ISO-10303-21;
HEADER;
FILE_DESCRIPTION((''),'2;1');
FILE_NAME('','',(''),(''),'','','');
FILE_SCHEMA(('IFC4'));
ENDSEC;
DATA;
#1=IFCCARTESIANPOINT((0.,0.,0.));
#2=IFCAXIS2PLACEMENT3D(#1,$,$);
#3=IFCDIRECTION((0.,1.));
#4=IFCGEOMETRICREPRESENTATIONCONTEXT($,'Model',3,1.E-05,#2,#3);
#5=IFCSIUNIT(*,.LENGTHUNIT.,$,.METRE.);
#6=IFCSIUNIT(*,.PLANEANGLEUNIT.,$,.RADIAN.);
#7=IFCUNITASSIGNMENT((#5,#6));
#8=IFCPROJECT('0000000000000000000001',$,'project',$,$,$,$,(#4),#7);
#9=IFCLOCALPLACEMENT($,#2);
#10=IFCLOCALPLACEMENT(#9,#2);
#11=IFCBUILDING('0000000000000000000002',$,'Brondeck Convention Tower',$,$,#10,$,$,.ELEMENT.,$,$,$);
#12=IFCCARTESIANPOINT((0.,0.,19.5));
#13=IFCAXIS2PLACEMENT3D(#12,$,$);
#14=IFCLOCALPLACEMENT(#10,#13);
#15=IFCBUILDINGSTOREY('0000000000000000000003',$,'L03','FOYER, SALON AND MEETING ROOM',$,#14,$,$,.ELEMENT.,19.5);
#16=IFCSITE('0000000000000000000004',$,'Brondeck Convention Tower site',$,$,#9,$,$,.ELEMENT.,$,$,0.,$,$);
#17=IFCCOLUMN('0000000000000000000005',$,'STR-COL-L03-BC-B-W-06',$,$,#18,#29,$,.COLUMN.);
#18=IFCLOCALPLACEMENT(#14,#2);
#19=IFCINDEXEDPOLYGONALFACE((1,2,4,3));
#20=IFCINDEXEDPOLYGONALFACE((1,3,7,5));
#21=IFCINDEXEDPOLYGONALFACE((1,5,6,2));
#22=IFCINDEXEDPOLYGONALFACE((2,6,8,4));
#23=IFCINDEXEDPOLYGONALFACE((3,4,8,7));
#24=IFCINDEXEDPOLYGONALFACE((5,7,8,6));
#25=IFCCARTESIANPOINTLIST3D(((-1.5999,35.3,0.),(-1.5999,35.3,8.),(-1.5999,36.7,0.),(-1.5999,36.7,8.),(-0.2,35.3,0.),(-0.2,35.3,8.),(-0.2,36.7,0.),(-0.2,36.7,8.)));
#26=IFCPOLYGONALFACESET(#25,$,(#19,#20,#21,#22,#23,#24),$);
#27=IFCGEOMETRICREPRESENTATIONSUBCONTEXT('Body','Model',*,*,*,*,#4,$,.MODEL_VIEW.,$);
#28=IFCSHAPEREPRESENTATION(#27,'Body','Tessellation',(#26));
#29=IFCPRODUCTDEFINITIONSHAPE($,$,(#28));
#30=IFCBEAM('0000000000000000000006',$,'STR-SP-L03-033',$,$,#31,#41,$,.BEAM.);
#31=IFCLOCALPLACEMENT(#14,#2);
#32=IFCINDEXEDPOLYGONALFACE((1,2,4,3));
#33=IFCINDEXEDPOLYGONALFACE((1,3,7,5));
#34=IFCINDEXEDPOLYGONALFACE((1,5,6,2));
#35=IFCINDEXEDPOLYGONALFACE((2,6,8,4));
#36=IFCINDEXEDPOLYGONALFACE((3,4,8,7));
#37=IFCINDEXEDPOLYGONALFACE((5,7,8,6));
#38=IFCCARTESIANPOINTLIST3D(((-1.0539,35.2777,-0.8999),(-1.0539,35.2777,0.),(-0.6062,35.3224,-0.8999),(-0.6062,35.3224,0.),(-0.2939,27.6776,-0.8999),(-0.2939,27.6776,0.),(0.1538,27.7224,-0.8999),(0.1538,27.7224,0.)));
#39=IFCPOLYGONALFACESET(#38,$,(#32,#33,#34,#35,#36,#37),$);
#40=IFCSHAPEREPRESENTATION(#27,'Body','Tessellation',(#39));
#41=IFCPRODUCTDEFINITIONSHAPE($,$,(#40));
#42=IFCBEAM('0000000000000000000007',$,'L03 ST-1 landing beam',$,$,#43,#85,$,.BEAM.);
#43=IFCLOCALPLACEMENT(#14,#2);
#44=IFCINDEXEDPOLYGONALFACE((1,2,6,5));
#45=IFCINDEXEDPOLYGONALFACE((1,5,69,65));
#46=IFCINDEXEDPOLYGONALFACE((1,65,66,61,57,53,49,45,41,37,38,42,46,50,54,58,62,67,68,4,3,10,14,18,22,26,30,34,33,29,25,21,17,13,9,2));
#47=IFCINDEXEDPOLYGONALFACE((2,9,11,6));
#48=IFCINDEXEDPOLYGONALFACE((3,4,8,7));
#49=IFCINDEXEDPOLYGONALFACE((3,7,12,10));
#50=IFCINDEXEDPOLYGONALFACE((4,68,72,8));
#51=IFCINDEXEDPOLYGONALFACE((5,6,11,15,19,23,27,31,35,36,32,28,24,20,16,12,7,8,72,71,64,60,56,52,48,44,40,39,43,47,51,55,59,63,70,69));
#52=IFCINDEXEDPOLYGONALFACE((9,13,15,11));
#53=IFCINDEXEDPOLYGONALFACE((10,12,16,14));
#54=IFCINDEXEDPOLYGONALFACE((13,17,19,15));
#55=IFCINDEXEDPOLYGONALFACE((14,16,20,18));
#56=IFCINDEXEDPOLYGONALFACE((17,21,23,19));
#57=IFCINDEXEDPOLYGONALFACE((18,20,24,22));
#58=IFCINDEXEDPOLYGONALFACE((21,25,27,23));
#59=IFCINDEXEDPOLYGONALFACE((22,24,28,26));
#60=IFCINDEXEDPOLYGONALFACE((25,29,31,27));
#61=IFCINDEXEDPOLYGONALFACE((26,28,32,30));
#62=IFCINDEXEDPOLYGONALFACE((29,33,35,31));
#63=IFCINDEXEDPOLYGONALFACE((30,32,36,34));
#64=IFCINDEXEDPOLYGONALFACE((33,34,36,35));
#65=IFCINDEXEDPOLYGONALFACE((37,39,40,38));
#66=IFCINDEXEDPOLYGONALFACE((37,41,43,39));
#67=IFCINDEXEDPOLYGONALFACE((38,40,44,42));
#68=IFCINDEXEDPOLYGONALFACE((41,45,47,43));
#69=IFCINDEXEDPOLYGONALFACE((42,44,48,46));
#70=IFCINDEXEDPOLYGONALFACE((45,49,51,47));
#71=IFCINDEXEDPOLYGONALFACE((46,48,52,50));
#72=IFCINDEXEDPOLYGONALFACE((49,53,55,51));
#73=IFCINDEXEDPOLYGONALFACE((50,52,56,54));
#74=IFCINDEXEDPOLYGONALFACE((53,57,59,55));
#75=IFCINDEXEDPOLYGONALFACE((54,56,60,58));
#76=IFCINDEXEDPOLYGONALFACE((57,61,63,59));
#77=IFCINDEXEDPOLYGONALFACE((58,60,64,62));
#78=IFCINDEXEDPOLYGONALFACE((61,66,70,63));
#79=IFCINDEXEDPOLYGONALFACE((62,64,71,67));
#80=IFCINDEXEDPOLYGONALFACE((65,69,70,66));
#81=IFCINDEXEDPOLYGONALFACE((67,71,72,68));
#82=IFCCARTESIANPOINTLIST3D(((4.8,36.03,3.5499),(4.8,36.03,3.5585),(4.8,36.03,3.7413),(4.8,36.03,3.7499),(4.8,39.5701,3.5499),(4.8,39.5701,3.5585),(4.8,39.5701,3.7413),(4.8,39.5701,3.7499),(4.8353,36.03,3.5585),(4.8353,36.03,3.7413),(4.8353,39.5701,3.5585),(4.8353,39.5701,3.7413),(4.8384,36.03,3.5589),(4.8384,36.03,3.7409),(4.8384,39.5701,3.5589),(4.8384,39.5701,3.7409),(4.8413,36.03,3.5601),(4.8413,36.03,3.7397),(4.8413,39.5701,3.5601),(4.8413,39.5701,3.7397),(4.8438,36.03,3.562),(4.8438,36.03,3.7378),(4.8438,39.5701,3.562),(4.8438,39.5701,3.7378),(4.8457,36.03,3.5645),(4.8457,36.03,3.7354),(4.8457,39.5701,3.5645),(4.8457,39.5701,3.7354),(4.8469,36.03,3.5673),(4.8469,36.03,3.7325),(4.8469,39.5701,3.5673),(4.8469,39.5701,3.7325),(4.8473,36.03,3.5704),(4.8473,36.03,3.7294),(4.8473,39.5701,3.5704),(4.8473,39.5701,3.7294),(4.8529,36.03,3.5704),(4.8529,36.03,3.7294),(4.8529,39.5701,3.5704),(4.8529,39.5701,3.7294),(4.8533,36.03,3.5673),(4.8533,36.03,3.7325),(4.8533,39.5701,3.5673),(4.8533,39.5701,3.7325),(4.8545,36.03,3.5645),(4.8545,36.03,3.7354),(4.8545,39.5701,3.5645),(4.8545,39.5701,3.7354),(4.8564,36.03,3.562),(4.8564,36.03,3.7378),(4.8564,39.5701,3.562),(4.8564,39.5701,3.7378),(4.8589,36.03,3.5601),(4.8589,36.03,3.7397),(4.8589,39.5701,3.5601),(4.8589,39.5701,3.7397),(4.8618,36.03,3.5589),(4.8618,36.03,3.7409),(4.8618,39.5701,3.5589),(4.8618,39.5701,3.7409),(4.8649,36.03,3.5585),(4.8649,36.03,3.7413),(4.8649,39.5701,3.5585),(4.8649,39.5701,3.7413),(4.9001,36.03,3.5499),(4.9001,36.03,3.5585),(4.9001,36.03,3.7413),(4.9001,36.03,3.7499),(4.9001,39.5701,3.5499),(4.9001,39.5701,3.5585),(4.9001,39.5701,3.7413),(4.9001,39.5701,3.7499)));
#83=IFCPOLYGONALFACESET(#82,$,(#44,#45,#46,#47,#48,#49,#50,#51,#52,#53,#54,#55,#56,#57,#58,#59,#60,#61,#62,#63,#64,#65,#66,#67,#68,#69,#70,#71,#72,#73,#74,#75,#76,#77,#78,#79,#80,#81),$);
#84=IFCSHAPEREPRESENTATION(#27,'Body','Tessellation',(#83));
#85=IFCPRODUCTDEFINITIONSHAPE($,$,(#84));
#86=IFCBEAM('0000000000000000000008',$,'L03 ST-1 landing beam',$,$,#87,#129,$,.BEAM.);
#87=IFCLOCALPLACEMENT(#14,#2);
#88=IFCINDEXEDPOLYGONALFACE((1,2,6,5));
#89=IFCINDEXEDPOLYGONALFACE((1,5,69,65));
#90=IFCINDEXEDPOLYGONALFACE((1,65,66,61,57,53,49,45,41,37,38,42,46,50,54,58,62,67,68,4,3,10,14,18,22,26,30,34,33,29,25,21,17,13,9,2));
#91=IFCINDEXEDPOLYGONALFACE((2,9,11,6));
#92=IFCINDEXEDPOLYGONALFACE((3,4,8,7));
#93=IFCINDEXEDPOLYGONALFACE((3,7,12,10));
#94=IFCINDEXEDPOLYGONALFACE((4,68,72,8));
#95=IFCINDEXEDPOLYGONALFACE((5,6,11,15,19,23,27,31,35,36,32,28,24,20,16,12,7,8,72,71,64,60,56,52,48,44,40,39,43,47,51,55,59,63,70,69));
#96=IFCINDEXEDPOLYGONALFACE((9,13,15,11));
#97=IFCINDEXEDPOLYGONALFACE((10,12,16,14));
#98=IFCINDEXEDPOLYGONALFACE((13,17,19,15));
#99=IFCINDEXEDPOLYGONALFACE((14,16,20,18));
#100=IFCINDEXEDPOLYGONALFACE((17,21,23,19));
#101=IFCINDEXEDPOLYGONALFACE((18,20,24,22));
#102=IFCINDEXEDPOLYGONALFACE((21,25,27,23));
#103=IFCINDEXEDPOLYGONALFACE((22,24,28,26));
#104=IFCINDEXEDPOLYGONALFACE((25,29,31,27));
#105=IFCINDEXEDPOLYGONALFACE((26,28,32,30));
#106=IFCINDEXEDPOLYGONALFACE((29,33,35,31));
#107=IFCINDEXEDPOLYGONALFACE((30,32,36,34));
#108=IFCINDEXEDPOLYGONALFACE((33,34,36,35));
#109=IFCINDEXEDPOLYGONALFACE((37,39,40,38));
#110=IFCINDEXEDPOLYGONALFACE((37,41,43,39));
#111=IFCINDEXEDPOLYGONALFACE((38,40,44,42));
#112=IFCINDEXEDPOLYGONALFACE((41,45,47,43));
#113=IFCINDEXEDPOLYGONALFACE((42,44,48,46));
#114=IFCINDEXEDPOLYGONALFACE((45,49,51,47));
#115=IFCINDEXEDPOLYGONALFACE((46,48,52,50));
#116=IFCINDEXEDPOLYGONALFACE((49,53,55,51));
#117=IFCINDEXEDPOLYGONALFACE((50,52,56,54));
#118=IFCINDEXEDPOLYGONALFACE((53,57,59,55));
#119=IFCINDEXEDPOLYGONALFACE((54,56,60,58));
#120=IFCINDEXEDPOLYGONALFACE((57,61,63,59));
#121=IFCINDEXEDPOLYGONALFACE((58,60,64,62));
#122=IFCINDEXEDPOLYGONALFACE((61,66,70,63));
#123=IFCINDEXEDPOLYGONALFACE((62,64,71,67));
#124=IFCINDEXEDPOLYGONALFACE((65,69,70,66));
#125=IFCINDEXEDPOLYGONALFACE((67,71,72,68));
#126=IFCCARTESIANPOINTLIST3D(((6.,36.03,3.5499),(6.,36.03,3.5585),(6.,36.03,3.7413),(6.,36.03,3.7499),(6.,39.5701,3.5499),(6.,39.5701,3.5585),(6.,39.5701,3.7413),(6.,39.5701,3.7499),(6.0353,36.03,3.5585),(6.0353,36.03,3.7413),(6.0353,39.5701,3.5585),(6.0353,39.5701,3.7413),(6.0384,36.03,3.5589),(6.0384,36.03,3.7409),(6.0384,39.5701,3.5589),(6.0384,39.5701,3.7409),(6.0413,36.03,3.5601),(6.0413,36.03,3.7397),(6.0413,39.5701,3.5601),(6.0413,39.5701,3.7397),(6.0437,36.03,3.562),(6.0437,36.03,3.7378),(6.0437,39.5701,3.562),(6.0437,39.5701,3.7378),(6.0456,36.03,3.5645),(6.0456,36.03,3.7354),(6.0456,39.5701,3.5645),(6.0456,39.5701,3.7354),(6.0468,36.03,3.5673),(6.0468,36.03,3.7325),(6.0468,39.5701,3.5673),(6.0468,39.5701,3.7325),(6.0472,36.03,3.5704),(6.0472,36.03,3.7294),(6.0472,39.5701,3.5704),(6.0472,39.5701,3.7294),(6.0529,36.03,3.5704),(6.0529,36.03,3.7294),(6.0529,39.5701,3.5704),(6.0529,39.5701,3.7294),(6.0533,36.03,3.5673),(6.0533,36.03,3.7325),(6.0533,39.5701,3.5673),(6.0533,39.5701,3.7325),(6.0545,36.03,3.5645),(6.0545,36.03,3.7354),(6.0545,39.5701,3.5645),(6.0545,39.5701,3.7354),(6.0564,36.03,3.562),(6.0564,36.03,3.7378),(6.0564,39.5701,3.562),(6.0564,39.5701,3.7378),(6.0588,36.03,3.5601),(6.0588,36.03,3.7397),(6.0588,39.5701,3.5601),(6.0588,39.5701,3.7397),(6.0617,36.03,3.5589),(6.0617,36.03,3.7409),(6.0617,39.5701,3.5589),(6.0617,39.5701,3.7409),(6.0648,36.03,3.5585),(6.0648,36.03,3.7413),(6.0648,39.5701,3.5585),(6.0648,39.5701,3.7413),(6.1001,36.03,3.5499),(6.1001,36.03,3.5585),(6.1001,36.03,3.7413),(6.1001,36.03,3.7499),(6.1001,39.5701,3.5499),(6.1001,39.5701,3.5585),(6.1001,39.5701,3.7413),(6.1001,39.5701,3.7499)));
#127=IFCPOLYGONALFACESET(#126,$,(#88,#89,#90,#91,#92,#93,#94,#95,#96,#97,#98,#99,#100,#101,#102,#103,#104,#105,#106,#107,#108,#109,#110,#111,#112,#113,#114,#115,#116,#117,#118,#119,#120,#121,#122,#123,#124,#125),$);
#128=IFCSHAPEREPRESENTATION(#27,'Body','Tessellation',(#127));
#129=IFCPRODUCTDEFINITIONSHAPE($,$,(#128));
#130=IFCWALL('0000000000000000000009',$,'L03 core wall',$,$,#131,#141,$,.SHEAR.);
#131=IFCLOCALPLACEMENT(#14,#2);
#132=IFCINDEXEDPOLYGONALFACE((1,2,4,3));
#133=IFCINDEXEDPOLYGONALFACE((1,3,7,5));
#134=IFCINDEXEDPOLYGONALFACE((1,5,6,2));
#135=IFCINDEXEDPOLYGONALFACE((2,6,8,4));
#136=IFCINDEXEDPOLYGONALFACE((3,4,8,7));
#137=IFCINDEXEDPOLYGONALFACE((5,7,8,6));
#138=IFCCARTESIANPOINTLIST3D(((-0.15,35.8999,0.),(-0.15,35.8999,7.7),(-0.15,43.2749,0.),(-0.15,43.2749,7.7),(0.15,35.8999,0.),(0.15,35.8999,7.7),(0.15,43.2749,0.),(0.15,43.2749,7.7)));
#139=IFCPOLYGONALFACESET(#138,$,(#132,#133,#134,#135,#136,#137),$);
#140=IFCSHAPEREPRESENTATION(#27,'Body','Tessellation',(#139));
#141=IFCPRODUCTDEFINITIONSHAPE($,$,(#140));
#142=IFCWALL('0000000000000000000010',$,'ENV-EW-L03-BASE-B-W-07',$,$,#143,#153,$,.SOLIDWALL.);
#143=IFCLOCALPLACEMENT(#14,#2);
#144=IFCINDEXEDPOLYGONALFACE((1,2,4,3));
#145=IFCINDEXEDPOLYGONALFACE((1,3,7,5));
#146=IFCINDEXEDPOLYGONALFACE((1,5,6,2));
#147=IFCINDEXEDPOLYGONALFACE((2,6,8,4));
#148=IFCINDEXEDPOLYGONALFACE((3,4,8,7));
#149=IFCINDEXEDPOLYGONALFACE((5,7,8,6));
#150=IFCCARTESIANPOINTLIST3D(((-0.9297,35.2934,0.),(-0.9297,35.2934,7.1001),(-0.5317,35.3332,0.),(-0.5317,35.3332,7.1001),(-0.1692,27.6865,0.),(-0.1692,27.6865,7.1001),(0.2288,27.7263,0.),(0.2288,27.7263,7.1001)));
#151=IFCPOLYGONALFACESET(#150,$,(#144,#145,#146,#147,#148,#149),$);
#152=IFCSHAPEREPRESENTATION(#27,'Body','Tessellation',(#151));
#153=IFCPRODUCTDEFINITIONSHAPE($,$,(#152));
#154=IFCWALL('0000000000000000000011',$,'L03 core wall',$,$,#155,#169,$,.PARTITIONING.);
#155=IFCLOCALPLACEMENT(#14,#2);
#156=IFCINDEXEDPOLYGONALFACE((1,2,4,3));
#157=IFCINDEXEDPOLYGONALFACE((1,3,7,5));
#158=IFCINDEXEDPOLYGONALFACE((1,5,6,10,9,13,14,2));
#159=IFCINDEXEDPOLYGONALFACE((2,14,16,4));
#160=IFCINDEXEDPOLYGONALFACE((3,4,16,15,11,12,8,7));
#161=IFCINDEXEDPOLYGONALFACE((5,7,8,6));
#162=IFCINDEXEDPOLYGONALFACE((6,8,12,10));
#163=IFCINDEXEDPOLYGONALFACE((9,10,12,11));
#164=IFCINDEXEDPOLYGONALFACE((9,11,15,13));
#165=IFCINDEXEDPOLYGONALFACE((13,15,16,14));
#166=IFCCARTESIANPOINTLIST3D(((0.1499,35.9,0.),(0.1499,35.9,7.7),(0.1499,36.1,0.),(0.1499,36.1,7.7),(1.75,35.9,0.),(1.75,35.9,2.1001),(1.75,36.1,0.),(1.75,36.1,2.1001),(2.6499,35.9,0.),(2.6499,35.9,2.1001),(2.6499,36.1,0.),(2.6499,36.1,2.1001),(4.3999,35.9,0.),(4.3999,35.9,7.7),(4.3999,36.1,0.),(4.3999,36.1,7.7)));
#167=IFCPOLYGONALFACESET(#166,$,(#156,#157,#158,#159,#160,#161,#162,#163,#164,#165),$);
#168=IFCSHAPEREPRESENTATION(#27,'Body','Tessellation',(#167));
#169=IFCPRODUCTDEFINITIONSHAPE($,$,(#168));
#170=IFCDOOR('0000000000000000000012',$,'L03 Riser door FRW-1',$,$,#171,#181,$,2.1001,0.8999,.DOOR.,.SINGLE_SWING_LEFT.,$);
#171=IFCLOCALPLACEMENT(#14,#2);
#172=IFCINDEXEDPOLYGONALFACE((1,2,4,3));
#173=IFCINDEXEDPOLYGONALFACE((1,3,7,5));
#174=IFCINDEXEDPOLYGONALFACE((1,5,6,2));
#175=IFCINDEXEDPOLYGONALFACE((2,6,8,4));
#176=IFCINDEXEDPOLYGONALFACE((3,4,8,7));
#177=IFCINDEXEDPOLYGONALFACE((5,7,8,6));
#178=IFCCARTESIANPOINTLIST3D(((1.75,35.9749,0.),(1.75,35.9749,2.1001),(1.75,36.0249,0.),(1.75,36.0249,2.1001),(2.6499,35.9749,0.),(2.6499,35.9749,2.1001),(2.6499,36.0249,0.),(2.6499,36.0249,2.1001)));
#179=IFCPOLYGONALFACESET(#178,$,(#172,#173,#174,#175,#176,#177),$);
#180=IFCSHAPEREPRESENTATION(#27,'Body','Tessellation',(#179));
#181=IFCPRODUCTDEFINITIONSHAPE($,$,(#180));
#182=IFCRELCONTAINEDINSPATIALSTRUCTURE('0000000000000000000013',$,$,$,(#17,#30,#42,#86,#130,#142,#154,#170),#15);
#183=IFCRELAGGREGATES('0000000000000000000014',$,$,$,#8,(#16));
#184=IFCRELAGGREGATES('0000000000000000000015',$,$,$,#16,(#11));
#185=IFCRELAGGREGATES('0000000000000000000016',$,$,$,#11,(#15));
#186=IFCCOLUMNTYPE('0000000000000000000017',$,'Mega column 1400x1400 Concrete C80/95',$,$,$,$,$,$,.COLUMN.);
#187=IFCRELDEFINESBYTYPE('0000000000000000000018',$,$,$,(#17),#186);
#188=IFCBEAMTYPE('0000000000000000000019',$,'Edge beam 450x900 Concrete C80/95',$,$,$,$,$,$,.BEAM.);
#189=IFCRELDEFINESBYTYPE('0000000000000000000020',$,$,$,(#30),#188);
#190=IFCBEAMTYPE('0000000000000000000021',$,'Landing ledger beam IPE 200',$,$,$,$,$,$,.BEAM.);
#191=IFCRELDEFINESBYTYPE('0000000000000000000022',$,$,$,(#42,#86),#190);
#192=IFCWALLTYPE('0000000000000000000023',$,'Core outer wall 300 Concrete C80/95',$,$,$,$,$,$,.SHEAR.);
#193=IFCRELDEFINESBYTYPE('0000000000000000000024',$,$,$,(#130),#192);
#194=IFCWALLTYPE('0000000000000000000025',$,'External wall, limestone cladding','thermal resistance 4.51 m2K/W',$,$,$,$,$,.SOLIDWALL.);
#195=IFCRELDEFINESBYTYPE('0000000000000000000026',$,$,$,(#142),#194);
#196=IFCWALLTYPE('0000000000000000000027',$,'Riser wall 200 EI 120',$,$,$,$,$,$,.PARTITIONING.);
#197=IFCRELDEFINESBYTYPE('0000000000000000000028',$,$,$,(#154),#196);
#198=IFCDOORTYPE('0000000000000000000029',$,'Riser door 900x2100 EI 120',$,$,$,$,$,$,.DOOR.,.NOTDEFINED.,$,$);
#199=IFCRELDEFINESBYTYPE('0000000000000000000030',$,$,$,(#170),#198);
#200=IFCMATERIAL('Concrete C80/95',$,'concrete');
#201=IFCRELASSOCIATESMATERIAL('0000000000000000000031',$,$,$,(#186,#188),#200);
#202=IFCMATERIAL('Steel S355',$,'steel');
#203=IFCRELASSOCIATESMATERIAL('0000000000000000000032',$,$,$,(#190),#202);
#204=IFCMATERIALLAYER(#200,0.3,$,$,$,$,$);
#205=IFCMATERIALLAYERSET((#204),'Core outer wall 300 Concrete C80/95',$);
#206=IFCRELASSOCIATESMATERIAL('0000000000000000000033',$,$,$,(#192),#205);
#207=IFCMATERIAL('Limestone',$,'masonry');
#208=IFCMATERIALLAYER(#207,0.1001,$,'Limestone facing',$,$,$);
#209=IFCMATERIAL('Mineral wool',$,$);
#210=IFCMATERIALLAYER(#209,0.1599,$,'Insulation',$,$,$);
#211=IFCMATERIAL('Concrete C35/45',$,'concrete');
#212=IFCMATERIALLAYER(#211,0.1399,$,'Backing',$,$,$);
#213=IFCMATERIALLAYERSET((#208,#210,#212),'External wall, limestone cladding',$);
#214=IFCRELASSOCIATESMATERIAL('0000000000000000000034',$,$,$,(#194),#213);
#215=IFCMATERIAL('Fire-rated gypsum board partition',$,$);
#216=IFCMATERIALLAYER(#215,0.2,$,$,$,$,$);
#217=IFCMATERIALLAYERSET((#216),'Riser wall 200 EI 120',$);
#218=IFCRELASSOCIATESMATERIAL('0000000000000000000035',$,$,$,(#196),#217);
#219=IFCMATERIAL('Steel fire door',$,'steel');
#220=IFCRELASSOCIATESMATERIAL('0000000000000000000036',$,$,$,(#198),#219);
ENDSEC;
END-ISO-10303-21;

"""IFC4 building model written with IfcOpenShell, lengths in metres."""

from ifc_helpers import new_model, si_unit, direction, frame, frame_2d, origin, origin_2d, place, context, subcontext, project, spatial, rectangle, i_section, extrude, material, layer, layer_set, material_profile, profile_set, type_object, element, fill, save


model = new_model("IFC4")

# Units and contexts
model_context = context("Model", 3, precision=1e-05, world=origin(), true_north=direction((0.0, 1.0)))
body_context = subcontext(model_context, "Body", "Model", "MODEL_VIEW")
ifc_project = project(units=[si_unit("LENGTHUNIT", "METRE"), si_unit("PLANEANGLEUNIT", "RADIAN")], contexts=[model_context])

# Site, building, storey
site_placement = place(None, origin())
site = spatial("IfcSite", under=ifc_project, at=site_placement, Name="Brondeck Convention Tower site", CompositionType="ELEMENT", RefElevation=0.0)
building_placement = place(site_placement, origin())
building = spatial("IfcBuilding", under=site, at=building_placement, Name="Brondeck Convention Tower", CompositionType="ELEMENT")
storey_placement = place(building_placement, frame((0.0, 0.0, 19.5)))
storey = spatial("IfcBuildingStorey", under=building, at=storey_placement, Name="L03", Description="FOYER, SALON AND MEETING ROOM", CompositionType="ELEMENT", Elevation=19.5)

# Column
ifc_material_1 = material(Name="Concrete C80/95", Category="concrete")
ifc_material_profile_1 = material_profile(ifc_material_1, rectangle(XDim=1.3999, YDim=1.3999, at=origin_2d()), Name="Mega column 1400x1400 Concrete C80/95")
ifc_profile_set_1 = profile_set([ifc_material_profile_1], Name="Concrete C80/95")
column_type = type_object("IfcColumnType", Name="Mega column 1400x1400 Concrete C80/95", PredefinedType="COLUMN", material=ifc_profile_set_1)
column_placement = place(storey_placement, frame((-0.8999, 36.0, 0.0), z_axis=(0.0, 0.0, 1.0), x_axis=(1.0, 0.0, 0.0)))
element("IfcColumn", 1, at=column_placement, inside=storey, type_object=column_type, Name="STR-COL-L03-BC-B-W-06", PredefinedType="COLUMN", context=body_context, shape_type="SweptSolid", body=[
    extrude(rectangle(XDim=1.3999, YDim=1.3999, at=origin_2d()), origin(), (0.0, 0.0, 1.0), 8.0),
])

# Beams
ifc_material_profile_2 = material_profile(ifc_material_1, rectangle(XDim=0.45, YDim=0.8999, at=origin_2d()), Name="Edge beam 450x900 Concrete C80/95")
ifc_profile_set_2 = profile_set([ifc_material_profile_2], Name="Concrete C80/95")
beam_type_1 = type_object("IfcBeamType", Name="Edge beam 450x900 Concrete C80/95", PredefinedType="BEAM", material=ifc_profile_set_2)
beam_placement = place(storey_placement, frame((-0.8301, 35.3, -0.45), z_axis=(0.099504, -0.995037, 0.0), x_axis=(0.995037, 0.099504, 0.0)))
element("IfcBeam", 2, at=beam_placement, inside=storey, type_object=beam_type_1, Name="STR-SP-L03-033", PredefinedType="BEAM", context=body_context, shape_type="SweptSolid", body=[
    extrude(rectangle(XDim=0.45, YDim=0.8999, at=origin_2d()), origin(), (0.0, 0.0, 1.0), 7.6379),
])
ifc_material_2 = material(Name="Steel S355", Category="steel")
ifc_material_profile_3 = material_profile(ifc_material_2, i_section(OverallWidth=0.1001, OverallDepth=0.2, WebThickness=0.0056, FlangeThickness=0.0085, FilletRadius=0.012, at=origin_2d()), Name="IPE200")
ifc_profile_set_3 = profile_set([ifc_material_profile_3], Name="Steel S355")
beam_type_2 = type_object("IfcBeamType", Name="Landing ledger beam IPE 200", PredefinedType="BEAM", material=ifc_profile_set_3)
for number, where, z_axis, x_axis, name in (
    (3, (4.8501, 36.03, 3.6499), (0.0, 1.0, 0.0), (-1.0, 0.0, 0.0), "L03 ST-1 landing beam"),
    (4, (6.05, 36.03, 3.6499), (0.0, 1.0, 0.0), (-1.0, 0.0, 0.0), "L03 ST-1 landing beam"),
):
    element("IfcBeam", number, at=place(storey_placement, frame(where, z_axis=z_axis, x_axis=x_axis)), inside=storey, type_object=beam_type_2, Name=name, PredefinedType="BEAM", context=body_context, shape_type="SweptSolid", body=[
        extrude(i_section(OverallWidth=0.1001, OverallDepth=0.2, WebThickness=0.0056, FlangeThickness=0.0085, FilletRadius=0.012, at=origin_2d()), origin(), (0.0, 0.0, 1.0), 3.54),
    ])

# Walls
ifc_layer_1 = layer(ifc_material_1, 0.3)
ifc_layer_set_1 = layer_set([ifc_layer_1], Name="Core outer wall 300 Concrete C80/95")
wall_type_1 = type_object("IfcWallType", Name="Core outer wall 300 Concrete C80/95", PredefinedType="SHEAR", material=ifc_layer_set_1)
wall_1_placement = place(storey_placement, frame((0.0, 35.8999, 0.0), z_axis=(0.0, 0.0, 1.0), x_axis=(0.0, 1.0, 0.0)))
element("IfcWall", 5, at=wall_1_placement, inside=storey, type_object=wall_type_1, Name="L03 core wall", PredefinedType="SHEAR", context=body_context, shape_type="SweptSolid", body=[
    extrude(rectangle(XDim=7.375, YDim=0.3, at=frame_2d((3.6875, 0.0))), origin(), (0.0, 0.0, 1.0), 7.7),
])
ifc_material_3 = material(Name="Limestone", Category="masonry")
ifc_layer_2 = layer(ifc_material_3, 0.1001, Name="Limestone facing")
ifc_material_4 = material(Name="Mineral wool")
ifc_layer_3 = layer(ifc_material_4, 0.1599, Name="Insulation")
ifc_material_5 = material(Name="Concrete C35/45", Category="concrete")
ifc_layer_4 = layer(ifc_material_5, 0.1399, Name="Backing")
ifc_layer_set_2 = layer_set([ifc_layer_2, ifc_layer_3, ifc_layer_4], Name="External wall, limestone cladding")
wall_type_2 = type_object("IfcWallType", Name="External wall, limestone cladding", Description="thermal resistance 4.51 m2K/W", PredefinedType="SOLIDWALL", material=ifc_layer_set_2)
wall_2_placement = place(storey_placement, frame((0.0298, 27.7065, 0.0), z_axis=(0.0, 0.0, 1.0), x_axis=(-0.099478, 0.99504, 0.0)))
element("IfcWall", 6, at=wall_2_placement, inside=storey, type_object=wall_type_2, Name="ENV-EW-L03-BASE-B-W-07", PredefinedType="SOLIDWALL", context=body_context, shape_type="SweptSolid", body=[
    extrude(rectangle(XDim=7.6448, YDim=0.3999, at=frame_2d((3.8223, 0.0))), origin(), (0.0, 0.0, 1.0), 7.1001),
])

# Wall, opening, door
ifc_material_6 = material(Name="Fire-rated gypsum board partition")
ifc_layer_5 = layer(ifc_material_6, 0.2)
ifc_layer_set_3 = layer_set([ifc_layer_5], Name="Riser wall 200 EI 120")
wall_type_3 = type_object("IfcWallType", Name="Riser wall 200 EI 120", PredefinedType="PARTITIONING", material=ifc_layer_set_3)
wall_3_placement = place(storey_placement, frame((0.1499, 36.0, 0.0), z_axis=(0.0, 0.0, 1.0), x_axis=(1.0, 0.0, 0.0)))
wall_3 = element("IfcWall", 7, at=wall_3_placement, inside=storey, type_object=wall_type_3, Name="L03 core wall", PredefinedType="PARTITIONING", context=body_context, shape_type="SweptSolid", body=[
    extrude(rectangle(XDim=4.25, YDim=0.2, at=frame_2d((2.125, 0.0))), origin(), (0.0, 0.0, 1.0), 7.7),
])
opening_1_placement = place(wall_3_placement, frame((1.6001, 0.0, 0.0)))
opening_1 = element("IfcOpeningElement", 8, at=opening_1_placement, cuts=wall_3, PredefinedType="OPENING", context=body_context, shape_type="SweptSolid", body=[
    extrude(rectangle(XDim=0.8999, YDim=2.1001, at=frame_2d((0.45, 1.05))), frame((0.0, 0.1099, 0.0), z_axis=(0.0, -1.0, 0.0), x_axis=(1.0, 0.0, 0.0)), (0.0, 0.0, 1.0), 0.22),
])
ifc_material_7 = material(Name="Steel fire door", Category="steel")
door_type_1 = type_object("IfcDoorType", Name="Riser door 900x2100 EI 120", OperationType="NOTDEFINED", PredefinedType="DOOR", material=ifc_material_7)
door_1_placement = place(opening_1_placement, origin())
door_1 = element("IfcDoor", 9, at=door_1_placement, inside=storey, type_object=door_type_1, Name="L03 Riser door FRW-1", OperationType="SINGLE_SWING_LEFT", OverallHeight=2.1001, OverallWidth=0.8999, PredefinedType="DOOR", context=body_context, shape_type="SweptSolid", body=[
    extrude(rectangle(XDim=0.8999, YDim=2.1001, at=frame_2d((0.45, 1.05))), frame((0.0, 0.0249, 0.0), z_axis=(0.0, -1.0, 0.0), x_axis=(1.0, 0.0, 0.0)), (0.0, 0.0, 1.0), 0.05),
])
fill(opening_1, door_1)

save(model, "model.ifc")
